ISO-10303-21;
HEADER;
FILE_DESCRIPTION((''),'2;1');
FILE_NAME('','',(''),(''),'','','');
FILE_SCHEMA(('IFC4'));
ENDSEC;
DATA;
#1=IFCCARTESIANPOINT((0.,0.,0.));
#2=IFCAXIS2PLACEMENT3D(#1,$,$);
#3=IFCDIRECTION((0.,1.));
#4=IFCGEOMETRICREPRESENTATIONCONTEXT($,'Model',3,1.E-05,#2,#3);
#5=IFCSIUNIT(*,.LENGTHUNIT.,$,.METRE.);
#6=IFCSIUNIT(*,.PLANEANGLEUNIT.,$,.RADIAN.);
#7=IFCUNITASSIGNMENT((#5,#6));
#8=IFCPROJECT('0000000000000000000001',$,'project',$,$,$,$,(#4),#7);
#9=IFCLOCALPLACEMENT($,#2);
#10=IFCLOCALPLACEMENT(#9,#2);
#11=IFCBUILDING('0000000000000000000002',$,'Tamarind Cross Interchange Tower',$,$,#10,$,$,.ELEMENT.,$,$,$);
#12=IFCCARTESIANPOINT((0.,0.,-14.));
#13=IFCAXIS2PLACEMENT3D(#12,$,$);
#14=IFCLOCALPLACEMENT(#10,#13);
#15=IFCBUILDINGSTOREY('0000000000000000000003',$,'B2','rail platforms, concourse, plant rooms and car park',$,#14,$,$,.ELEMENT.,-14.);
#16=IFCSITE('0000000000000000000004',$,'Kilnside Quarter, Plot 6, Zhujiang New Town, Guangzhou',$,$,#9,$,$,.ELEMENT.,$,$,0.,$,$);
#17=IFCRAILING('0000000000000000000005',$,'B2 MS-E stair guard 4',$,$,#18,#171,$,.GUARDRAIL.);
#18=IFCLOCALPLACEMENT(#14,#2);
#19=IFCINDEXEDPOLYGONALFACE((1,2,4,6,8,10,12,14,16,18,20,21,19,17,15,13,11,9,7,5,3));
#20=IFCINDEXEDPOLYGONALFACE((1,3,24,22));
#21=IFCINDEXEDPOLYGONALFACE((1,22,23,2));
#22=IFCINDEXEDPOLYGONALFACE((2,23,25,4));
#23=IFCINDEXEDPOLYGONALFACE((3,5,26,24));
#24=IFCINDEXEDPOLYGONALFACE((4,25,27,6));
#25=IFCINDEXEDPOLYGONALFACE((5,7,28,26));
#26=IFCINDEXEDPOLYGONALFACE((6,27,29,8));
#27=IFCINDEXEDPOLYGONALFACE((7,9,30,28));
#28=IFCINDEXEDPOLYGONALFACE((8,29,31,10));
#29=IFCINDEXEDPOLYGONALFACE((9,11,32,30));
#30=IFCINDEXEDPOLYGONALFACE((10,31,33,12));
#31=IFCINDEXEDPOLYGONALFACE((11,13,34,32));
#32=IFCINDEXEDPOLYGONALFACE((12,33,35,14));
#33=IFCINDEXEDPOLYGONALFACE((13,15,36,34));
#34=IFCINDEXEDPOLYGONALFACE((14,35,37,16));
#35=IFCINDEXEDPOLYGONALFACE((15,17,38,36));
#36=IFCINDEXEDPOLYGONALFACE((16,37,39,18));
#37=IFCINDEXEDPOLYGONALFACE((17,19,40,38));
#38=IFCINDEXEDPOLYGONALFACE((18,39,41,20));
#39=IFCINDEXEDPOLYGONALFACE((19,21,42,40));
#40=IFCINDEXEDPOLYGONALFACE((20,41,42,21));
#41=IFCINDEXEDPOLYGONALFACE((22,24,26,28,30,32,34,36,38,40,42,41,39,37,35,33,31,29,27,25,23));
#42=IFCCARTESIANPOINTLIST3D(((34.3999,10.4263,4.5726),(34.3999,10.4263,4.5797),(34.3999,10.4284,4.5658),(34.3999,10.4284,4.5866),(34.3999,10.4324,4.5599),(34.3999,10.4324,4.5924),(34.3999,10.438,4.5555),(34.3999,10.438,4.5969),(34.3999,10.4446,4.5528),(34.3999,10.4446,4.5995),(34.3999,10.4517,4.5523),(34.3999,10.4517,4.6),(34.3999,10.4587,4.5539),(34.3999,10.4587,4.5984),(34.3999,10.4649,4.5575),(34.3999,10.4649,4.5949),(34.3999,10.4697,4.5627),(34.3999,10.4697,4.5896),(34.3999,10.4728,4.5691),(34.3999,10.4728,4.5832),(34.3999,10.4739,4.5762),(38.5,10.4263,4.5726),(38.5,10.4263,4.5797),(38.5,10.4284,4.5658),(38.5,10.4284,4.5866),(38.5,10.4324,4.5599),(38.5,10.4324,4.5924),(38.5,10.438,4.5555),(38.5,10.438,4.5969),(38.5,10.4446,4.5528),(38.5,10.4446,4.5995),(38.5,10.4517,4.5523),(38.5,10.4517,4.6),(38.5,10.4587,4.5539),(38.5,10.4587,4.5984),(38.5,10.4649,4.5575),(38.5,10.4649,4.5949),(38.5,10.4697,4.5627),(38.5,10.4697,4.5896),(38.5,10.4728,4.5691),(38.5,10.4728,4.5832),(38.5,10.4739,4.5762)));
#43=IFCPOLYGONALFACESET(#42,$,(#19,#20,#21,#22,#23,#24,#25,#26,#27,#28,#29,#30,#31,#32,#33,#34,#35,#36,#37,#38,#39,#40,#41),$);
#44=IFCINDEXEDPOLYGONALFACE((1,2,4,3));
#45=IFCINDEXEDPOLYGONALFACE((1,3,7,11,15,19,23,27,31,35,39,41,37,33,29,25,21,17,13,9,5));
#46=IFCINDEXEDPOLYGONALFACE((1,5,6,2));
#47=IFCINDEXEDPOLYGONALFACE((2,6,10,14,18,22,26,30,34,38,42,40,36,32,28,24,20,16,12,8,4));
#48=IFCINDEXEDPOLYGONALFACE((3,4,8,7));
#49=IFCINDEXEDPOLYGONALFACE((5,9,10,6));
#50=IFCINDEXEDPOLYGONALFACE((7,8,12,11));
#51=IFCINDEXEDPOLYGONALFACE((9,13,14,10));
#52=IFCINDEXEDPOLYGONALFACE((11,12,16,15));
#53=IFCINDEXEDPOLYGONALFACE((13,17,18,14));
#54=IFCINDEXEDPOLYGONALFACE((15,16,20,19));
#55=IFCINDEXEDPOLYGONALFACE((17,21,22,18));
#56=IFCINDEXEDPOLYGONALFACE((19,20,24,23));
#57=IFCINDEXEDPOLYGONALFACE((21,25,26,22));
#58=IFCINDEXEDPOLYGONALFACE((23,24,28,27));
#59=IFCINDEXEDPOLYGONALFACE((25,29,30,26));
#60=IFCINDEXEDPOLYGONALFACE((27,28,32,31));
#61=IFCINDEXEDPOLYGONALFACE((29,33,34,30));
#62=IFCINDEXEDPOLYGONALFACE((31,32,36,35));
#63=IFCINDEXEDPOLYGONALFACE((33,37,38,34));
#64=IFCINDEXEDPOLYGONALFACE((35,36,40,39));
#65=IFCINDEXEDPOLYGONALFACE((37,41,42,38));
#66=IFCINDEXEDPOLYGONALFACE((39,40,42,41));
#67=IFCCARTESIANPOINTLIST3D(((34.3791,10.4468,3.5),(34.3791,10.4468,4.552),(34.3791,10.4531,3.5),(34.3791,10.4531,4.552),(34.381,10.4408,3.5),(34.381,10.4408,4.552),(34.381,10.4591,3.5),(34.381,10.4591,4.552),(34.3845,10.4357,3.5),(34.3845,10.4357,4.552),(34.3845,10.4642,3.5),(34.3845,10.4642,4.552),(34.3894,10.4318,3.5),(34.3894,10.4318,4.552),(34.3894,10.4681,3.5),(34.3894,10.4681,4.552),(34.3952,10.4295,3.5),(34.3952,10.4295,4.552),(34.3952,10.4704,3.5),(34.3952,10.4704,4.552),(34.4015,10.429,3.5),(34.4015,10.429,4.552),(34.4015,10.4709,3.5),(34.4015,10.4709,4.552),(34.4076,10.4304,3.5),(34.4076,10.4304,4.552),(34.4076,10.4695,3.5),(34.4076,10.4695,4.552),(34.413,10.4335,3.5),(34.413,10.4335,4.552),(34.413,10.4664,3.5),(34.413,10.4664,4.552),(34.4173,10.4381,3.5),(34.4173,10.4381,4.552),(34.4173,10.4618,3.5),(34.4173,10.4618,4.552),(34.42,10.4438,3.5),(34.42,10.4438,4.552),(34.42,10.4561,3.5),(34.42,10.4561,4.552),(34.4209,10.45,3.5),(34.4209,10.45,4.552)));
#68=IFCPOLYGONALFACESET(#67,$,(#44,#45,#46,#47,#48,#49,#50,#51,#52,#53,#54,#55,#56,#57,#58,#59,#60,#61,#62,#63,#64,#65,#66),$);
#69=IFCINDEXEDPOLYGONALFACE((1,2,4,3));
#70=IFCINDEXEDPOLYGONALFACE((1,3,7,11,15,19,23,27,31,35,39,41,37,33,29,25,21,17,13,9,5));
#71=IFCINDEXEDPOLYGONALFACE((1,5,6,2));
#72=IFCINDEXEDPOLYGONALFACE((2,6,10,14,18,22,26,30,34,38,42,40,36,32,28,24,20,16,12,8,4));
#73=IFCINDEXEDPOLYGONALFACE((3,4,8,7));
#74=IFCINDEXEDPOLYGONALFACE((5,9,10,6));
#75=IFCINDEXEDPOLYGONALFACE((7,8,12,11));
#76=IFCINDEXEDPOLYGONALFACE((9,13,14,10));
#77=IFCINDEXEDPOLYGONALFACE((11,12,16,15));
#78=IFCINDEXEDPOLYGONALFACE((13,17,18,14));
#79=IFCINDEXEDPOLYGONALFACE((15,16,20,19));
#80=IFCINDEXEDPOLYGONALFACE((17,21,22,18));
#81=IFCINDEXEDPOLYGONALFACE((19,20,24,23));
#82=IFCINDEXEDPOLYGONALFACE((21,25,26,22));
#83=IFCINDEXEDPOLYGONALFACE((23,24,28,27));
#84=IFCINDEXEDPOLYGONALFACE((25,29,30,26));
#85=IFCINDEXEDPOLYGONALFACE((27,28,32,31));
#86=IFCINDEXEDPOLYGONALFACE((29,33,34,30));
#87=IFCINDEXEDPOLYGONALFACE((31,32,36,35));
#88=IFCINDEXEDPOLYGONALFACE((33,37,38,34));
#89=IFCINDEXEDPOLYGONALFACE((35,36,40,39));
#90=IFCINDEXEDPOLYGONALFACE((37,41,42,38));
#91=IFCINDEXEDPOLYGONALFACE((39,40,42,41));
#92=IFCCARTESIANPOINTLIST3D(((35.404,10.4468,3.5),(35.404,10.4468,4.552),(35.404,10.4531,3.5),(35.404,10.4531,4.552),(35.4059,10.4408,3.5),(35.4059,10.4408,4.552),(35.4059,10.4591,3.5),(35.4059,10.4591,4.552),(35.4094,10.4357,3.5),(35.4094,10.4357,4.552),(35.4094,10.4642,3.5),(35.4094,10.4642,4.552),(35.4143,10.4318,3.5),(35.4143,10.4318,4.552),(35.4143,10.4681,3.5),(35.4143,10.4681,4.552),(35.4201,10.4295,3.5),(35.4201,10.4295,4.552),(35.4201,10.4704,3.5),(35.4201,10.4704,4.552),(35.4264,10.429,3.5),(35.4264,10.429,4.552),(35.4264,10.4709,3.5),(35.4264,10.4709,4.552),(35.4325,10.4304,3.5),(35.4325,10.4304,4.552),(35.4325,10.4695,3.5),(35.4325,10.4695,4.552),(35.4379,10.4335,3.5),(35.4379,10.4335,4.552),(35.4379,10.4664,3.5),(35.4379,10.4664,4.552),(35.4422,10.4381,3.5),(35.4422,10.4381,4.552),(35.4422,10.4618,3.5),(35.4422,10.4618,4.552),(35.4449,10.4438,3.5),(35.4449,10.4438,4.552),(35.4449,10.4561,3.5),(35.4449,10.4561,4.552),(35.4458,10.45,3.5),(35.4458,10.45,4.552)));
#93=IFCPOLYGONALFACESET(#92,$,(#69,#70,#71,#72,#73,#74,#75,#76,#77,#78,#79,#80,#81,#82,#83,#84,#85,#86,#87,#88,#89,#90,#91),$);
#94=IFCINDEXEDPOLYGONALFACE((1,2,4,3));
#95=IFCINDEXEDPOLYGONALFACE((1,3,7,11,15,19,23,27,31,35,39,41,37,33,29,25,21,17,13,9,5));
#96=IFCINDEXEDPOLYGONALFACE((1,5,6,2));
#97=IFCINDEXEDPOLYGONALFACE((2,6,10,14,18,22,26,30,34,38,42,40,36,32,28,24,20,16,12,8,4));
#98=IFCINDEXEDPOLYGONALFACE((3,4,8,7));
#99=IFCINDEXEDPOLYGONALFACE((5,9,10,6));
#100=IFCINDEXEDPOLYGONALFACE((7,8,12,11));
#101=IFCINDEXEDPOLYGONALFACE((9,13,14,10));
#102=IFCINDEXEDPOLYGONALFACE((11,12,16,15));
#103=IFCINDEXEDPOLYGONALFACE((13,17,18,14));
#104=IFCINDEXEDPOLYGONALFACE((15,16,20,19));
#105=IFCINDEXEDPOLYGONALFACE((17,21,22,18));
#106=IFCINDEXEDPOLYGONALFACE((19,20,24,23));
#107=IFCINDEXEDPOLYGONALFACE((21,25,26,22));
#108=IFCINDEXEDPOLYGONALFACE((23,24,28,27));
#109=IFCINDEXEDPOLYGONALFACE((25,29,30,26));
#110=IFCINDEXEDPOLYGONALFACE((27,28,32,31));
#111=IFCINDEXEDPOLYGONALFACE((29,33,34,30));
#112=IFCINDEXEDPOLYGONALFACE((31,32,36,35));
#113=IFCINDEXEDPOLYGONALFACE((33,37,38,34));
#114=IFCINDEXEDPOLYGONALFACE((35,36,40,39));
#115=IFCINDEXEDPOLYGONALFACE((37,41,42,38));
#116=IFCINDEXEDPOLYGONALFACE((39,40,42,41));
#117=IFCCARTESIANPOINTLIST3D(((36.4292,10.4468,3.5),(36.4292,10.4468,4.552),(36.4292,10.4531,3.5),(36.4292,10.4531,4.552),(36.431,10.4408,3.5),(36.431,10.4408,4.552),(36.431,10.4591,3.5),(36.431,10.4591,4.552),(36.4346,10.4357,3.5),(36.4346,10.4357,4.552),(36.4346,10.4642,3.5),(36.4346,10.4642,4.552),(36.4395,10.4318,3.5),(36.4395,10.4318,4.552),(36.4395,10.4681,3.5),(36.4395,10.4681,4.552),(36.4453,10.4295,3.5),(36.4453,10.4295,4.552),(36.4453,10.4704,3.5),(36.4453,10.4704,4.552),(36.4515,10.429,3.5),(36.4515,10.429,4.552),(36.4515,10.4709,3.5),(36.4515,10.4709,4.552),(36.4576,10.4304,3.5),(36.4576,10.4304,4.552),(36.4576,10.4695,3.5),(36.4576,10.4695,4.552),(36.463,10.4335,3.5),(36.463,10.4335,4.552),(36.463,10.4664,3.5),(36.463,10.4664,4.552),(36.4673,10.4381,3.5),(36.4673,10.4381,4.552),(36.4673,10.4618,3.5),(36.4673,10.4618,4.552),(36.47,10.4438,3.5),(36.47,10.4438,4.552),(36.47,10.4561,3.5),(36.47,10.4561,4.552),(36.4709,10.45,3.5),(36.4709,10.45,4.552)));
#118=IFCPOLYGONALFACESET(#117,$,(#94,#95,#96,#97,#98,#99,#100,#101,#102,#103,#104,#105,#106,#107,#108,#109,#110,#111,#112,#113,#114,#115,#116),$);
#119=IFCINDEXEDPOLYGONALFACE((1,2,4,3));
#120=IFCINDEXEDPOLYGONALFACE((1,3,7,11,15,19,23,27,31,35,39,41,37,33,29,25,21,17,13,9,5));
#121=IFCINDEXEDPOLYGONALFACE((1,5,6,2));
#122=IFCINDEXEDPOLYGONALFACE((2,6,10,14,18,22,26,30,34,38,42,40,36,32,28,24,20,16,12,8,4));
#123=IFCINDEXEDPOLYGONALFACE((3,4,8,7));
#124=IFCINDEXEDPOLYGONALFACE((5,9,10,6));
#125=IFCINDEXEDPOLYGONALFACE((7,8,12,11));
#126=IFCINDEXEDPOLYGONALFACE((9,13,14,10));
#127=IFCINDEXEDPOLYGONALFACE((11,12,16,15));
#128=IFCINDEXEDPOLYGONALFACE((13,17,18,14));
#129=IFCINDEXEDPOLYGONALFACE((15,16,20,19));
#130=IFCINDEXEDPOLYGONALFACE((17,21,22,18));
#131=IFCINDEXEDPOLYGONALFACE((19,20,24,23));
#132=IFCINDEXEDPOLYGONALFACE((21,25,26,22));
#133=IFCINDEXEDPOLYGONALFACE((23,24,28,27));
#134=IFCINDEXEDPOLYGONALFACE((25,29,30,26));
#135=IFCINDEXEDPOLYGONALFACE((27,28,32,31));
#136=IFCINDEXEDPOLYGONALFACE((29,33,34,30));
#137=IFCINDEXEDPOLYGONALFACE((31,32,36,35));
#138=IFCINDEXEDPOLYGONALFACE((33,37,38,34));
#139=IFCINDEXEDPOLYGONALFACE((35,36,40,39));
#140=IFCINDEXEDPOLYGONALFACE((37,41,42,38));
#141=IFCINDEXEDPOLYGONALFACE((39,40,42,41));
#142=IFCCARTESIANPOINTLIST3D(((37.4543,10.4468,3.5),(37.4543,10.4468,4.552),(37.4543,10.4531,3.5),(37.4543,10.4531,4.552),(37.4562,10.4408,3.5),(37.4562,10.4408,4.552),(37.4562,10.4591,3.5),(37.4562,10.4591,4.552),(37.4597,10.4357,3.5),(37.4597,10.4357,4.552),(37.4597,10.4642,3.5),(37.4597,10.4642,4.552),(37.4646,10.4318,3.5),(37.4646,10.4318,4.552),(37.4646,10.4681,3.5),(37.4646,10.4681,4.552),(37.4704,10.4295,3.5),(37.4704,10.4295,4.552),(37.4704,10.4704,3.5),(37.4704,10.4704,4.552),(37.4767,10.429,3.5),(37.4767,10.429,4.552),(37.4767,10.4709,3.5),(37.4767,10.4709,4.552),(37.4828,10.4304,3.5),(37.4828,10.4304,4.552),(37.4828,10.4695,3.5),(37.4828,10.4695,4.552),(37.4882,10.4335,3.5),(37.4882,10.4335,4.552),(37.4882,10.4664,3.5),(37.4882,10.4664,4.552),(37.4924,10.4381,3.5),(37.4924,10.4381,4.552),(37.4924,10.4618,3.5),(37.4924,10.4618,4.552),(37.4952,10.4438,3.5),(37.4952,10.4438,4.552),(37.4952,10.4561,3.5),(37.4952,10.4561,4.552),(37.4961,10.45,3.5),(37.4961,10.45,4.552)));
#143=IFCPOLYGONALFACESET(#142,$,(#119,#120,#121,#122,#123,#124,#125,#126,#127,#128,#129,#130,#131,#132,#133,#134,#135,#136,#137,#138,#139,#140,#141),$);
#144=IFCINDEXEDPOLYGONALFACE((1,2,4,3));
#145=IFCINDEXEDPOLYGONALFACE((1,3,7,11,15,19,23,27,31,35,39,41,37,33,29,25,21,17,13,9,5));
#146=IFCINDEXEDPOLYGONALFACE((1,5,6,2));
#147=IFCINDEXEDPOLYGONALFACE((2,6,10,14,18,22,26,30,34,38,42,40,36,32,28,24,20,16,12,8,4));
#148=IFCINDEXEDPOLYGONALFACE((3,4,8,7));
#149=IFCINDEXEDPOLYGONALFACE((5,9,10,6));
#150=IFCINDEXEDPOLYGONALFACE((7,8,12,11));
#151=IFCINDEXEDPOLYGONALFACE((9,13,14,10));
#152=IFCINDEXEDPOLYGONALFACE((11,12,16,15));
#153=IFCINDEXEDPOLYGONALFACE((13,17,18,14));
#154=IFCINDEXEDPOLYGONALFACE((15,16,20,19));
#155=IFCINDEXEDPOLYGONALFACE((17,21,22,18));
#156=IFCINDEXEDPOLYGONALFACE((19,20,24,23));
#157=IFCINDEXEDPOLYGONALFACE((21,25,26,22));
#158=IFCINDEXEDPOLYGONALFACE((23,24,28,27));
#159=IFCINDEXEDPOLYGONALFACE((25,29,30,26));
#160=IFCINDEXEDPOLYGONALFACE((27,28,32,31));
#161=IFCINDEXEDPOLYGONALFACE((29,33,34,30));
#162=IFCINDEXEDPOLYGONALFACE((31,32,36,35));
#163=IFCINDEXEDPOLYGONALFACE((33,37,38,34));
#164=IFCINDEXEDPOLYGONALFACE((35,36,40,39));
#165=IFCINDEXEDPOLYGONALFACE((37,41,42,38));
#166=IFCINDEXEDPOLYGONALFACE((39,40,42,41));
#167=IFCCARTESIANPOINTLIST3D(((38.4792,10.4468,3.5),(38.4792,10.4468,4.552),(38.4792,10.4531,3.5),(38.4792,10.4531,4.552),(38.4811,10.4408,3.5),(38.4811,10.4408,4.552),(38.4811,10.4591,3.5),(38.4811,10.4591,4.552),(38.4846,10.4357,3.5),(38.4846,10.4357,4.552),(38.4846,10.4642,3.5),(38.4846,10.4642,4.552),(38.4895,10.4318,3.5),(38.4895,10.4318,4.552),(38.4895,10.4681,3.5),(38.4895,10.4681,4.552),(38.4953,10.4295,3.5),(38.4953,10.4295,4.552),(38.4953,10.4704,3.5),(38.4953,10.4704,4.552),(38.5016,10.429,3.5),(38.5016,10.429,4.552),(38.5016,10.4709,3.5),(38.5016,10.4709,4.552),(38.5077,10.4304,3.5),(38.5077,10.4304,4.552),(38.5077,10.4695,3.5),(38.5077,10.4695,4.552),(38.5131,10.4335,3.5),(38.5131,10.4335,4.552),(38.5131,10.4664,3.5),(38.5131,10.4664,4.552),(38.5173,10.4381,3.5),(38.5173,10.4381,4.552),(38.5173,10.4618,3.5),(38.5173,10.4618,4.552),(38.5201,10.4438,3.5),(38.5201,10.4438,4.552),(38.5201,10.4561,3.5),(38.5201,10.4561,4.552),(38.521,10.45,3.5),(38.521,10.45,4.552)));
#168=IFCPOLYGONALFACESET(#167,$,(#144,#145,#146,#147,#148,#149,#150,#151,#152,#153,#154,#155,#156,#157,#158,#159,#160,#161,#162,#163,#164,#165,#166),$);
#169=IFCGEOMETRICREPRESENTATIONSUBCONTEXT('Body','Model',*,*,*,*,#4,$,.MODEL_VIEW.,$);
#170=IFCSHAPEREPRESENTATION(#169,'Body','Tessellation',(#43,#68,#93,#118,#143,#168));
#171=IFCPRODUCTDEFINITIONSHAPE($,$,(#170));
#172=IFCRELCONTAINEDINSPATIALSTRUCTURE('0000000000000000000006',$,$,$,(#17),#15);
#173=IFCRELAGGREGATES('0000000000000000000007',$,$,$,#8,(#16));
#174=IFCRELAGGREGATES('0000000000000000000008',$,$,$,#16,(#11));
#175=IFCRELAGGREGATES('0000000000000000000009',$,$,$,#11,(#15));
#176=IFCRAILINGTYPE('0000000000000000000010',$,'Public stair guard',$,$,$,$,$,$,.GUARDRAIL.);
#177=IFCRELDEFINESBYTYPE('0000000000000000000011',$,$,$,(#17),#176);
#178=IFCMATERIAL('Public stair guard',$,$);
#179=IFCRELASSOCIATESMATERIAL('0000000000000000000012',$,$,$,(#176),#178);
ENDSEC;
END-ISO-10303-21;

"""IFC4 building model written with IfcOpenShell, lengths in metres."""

from ifc_helpers import new_model, si_unit, direction, frame, origin, origin_2d, place, context, subcontext, project, spatial, circle, extrude, material, type_object, element, save


model = new_model("IFC4")

# Units and contexts
model_context = context("Model", 3, precision=1e-05, world=origin(), true_north=direction((0.0, 1.0)))
body_context = subcontext(model_context, "Body", "Model", "MODEL_VIEW")
ifc_project = project(units=[si_unit("LENGTHUNIT", "METRE"), si_unit("PLANEANGLEUNIT", "RADIAN")], contexts=[model_context])

# Site, building, storey
site_placement = place(None, origin())
site = spatial("IfcSite", under=ifc_project, at=site_placement, Name="Kilnside Quarter, Plot 6, Zhujiang New Town, Guangzhou", CompositionType="ELEMENT", RefElevation=0.0)
building_placement = place(site_placement, origin())
building = spatial("IfcBuilding", under=site, at=building_placement, Name="Tamarind Cross Interchange Tower", CompositionType="ELEMENT")
storey_placement = place(building_placement, frame((0.0, 0.0, -14.0)))
storey = spatial("IfcBuildingStorey", under=building, at=storey_placement, Name="B2", Description="rail platforms, concourse, plant rooms and car park", CompositionType="ELEMENT", Elevation=-14.0)

# Railing
ifc_material_1 = material(Name="Public stair guard")
railing_type_1 = type_object("IfcRailingType", Name="Public stair guard", PredefinedType="GUARDRAIL", material=ifc_material_1)
for number, where, name in (
    (1, (34.3999, 10.45, 3.5), "B2 MS-E stair guard 4"),
):
    element("IfcRailing", number, at=place(storey_placement, frame(where)), inside=storey, type_object=railing_type_1, Name=name, PredefinedType="GUARDRAIL", context=body_context, shape_type="SweptSolid", body=[
        extrude(circle(Radius=0.0239, at=origin_2d()), frame((0.0, 0.0, 1.0762), z_axis=(1.0, 0.0, 0.0), x_axis=(0.0, 1.0, 0.0)), (0.0, 0.0, 1.0), 4.1001),
        extrude(circle(Radius=0.021, at=origin_2d()), origin(), (0.0, 0.0, 1.0), 1.052),
        extrude(circle(Radius=0.021, at=origin_2d()), frame((1.0249, 0.0, 0.0)), (0.0, 0.0, 1.0), 1.052),
        extrude(circle(Radius=0.021, at=origin_2d()), frame((2.05, 0.0, 0.0)), (0.0, 0.0, 1.0), 1.052),
        extrude(circle(Radius=0.021, at=origin_2d()), frame((3.0752, 0.0, 0.0)), (0.0, 0.0, 1.0), 1.052),
        extrude(circle(Radius=0.021, at=origin_2d()), frame((4.1001, 0.0, 0.0)), (0.0, 0.0, 1.0), 1.052),
    ])

save(model, "model.ifc")
